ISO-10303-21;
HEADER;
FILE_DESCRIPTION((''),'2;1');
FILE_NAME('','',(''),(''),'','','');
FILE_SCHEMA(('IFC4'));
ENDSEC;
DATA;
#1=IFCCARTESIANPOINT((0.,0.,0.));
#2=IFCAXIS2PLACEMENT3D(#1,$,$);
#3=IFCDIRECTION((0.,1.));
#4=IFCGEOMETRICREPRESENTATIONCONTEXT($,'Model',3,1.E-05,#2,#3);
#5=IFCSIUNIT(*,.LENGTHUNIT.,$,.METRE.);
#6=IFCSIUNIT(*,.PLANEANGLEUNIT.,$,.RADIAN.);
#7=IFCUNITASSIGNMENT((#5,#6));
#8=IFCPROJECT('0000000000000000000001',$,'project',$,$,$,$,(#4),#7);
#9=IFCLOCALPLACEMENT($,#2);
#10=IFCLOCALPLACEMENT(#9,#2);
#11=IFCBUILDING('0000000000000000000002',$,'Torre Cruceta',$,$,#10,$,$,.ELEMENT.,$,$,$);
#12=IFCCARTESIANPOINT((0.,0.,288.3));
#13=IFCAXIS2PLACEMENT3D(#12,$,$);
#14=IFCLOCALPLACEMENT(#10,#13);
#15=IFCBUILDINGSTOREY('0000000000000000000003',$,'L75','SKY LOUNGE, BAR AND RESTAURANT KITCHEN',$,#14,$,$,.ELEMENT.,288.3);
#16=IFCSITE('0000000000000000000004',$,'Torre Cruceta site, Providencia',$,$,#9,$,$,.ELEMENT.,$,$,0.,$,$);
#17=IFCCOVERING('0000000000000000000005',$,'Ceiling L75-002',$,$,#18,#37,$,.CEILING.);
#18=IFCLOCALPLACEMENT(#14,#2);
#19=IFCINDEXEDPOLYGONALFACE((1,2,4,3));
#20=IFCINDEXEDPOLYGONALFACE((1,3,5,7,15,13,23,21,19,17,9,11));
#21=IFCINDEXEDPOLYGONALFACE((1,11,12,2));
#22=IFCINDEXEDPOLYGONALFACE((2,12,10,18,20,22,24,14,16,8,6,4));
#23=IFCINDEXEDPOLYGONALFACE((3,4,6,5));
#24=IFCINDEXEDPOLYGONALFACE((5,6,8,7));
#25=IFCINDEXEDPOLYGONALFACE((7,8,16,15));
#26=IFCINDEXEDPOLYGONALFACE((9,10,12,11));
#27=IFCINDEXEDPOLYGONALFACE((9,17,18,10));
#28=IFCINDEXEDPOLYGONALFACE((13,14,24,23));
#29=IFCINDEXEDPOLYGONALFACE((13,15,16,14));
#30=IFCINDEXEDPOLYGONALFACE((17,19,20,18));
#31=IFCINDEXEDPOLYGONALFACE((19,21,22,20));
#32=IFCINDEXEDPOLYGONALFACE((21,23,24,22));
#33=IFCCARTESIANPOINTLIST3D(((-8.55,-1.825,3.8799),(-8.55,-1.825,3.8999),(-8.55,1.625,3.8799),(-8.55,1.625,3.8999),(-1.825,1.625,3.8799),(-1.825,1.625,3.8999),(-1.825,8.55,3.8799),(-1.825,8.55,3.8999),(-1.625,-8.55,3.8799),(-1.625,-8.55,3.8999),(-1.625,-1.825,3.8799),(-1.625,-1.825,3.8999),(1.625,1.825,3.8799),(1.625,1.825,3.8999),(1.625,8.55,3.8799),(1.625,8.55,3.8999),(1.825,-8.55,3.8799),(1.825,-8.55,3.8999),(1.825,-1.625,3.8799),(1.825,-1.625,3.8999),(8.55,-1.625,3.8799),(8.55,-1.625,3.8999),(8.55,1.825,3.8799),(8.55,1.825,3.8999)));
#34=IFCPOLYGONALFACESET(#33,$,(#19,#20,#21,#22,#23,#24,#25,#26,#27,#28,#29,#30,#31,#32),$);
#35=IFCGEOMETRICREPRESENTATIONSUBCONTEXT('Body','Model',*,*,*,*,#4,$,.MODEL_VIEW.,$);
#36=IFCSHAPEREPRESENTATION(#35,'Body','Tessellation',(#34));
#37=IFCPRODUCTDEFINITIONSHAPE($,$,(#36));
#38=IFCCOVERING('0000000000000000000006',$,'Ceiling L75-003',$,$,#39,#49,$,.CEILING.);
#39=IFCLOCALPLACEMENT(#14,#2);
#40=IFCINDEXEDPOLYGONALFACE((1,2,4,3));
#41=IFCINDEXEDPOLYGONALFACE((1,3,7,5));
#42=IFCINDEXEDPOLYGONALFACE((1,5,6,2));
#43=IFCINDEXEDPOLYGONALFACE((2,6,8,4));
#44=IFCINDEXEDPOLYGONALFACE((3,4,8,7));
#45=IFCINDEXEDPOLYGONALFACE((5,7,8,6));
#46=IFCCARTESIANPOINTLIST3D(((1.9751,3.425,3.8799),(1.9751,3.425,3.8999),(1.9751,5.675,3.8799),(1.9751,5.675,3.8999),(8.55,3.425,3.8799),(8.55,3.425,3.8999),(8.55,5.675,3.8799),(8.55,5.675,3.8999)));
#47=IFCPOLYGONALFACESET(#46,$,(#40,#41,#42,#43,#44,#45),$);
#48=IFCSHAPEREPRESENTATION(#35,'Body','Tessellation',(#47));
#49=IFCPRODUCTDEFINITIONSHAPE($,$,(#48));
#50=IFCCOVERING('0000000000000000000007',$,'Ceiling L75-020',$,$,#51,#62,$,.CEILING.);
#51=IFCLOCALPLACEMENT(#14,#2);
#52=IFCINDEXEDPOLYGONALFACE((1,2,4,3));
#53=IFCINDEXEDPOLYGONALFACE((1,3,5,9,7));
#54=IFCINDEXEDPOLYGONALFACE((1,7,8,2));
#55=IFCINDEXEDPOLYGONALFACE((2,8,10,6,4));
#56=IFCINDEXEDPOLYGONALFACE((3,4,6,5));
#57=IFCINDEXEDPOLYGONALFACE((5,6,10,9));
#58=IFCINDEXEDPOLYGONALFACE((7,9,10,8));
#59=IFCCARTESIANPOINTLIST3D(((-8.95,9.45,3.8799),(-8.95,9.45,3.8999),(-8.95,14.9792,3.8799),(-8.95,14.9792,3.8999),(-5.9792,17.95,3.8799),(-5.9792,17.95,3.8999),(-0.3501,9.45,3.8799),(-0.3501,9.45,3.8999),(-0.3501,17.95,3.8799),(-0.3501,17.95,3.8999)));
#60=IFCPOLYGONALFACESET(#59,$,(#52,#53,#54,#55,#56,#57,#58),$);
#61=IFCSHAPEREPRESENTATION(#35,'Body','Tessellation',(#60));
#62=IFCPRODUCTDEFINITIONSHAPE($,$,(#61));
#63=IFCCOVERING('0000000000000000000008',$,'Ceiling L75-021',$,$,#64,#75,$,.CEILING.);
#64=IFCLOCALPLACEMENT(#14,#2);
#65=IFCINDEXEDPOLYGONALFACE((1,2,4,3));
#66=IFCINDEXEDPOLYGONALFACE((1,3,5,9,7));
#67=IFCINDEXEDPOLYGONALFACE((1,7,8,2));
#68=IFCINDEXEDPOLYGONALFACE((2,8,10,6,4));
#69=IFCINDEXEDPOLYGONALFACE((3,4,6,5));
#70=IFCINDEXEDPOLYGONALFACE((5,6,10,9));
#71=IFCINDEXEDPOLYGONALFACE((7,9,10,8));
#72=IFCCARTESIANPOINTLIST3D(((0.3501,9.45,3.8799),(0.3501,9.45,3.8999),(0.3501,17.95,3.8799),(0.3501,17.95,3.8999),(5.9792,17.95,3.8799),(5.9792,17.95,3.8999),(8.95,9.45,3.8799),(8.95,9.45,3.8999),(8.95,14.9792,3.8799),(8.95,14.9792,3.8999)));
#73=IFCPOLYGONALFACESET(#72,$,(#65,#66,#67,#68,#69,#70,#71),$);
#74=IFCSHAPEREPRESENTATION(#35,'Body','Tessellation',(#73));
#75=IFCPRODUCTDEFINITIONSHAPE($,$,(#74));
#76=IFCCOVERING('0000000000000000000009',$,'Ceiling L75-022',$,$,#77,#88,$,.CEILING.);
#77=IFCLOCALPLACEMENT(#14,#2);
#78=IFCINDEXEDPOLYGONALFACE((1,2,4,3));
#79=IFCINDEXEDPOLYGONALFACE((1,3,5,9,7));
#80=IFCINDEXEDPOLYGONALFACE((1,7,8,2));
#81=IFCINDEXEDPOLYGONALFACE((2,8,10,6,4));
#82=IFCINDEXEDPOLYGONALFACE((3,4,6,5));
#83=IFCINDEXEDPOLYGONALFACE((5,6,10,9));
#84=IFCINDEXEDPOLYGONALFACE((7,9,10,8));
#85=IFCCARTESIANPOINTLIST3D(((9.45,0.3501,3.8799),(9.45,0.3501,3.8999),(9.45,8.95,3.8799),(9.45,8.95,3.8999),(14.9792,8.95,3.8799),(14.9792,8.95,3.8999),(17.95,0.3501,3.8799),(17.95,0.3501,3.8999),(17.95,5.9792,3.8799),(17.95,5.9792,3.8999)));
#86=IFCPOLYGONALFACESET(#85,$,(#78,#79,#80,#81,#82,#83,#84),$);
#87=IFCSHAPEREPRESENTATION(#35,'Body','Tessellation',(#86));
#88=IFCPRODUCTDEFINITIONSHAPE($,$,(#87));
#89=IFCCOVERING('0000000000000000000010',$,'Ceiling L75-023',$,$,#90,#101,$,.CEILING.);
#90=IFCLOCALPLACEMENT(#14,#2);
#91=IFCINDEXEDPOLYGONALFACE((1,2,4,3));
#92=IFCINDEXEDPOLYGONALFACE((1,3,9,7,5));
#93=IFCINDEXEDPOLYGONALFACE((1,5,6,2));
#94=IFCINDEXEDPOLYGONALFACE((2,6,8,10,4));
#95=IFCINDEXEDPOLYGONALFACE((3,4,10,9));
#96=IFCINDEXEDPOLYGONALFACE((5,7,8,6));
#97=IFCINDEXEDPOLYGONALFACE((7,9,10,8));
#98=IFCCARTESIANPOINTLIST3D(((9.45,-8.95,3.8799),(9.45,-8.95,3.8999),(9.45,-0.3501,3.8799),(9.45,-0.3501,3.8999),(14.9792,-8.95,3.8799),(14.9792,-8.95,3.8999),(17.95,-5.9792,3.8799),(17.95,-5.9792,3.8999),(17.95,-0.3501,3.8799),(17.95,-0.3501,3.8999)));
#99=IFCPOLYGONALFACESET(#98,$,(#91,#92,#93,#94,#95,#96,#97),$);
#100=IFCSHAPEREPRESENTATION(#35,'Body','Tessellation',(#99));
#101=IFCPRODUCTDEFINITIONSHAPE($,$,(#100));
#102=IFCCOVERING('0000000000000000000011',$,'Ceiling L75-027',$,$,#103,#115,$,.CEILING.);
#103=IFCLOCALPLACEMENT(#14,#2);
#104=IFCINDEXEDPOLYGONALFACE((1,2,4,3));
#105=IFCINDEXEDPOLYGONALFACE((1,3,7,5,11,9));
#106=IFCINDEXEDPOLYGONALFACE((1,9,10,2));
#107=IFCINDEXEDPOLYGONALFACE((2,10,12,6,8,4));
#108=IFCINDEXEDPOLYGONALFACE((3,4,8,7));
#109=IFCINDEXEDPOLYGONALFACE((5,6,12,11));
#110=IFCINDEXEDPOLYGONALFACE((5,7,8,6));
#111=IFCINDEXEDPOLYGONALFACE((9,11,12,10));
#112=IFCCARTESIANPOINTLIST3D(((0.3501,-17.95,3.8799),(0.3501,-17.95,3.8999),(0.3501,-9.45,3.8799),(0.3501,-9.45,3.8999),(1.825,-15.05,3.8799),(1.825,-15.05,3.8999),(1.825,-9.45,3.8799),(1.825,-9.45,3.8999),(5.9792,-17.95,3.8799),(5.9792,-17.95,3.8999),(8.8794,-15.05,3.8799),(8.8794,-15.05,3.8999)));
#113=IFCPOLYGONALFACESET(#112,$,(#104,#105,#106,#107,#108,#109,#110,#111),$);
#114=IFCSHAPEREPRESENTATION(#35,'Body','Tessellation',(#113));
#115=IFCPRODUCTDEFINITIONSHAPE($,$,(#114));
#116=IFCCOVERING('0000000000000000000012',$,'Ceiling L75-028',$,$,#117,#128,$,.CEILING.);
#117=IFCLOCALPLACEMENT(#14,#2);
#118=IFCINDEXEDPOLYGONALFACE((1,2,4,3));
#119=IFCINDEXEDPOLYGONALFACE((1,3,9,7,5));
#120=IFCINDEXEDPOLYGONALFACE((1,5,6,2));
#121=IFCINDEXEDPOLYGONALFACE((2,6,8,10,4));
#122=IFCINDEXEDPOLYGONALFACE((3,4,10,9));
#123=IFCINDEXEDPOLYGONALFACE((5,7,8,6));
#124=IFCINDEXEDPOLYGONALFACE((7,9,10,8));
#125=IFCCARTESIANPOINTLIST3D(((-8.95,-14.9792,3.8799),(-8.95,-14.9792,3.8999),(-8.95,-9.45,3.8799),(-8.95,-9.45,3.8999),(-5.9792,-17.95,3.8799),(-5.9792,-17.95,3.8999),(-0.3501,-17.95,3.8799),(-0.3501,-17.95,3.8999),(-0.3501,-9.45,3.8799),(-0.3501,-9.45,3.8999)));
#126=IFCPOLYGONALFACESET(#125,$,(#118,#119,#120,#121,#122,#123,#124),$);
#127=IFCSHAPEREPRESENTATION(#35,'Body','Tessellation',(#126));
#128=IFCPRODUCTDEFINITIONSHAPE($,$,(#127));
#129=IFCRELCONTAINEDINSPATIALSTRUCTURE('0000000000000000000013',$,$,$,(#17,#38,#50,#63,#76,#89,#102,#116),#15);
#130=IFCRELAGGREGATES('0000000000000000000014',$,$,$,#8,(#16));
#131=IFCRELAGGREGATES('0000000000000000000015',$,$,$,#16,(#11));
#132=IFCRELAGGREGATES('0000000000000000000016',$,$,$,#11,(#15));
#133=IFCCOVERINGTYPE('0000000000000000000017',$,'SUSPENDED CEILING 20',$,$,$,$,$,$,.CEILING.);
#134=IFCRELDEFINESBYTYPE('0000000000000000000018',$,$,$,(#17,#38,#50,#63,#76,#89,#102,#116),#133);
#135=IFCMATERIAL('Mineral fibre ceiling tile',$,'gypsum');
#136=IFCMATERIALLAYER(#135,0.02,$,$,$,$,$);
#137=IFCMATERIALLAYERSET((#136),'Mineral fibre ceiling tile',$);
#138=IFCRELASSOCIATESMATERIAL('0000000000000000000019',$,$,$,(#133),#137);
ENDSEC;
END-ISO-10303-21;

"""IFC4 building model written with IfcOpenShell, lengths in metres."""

from ifc_helpers import new_model, si_unit, direction, frame, origin, place, context, subcontext, project, spatial, polyline, outline, extrude, material, layer, layer_set, type_object, element, save


model = new_model("IFC4")

# Units and contexts
model_context = context("Model", 3, precision=1e-05, world=origin(), true_north=direction((0.0, 1.0)))
body_context = subcontext(model_context, "Body", "Model", "MODEL_VIEW")
ifc_project = project(units=[si_unit("LENGTHUNIT", "METRE"), si_unit("PLANEANGLEUNIT", "RADIAN")], contexts=[model_context])

# Site, building, storey
site_placement = place(None, origin())
site = spatial("IfcSite", under=ifc_project, at=site_placement, Name="Torre Cruceta site, Providencia", CompositionType="ELEMENT", RefElevation=0.0)
building_placement = place(site_placement, origin())
building = spatial("IfcBuilding", under=site, at=building_placement, Name="Torre Cruceta", CompositionType="ELEMENT")
storey_placement = place(building_placement, frame((0.0, 0.0, 288.3)))
storey = spatial("IfcBuildingStorey", under=building, at=storey_placement, Name="L75", Description="SKY LOUNGE, BAR AND RESTAURANT KITCHEN", CompositionType="ELEMENT", Elevation=288.3)

# Coverings
ifc_material_1 = material(Name="Mineral fibre ceiling tile", Category="gypsum")
ifc_layer_1 = layer(ifc_material_1, 0.02)
ifc_layer_set_1 = layer_set([ifc_layer_1], Name="Mineral fibre ceiling tile")
covering_type = type_object("IfcCoveringType", Name="SUSPENDED CEILING 20", PredefinedType="CEILING", material=ifc_layer_set_1)
covering_1_placement = place(storey_placement, frame((0.0, 0.0, 3.8799)))
element("IfcCovering", 1, at=covering_1_placement, inside=storey, type_object=covering_type, Name="Ceiling L75-002", PredefinedType="CEILING", context=body_context, shape_type="SweptSolid", body=[
    extrude(outline(polyline([(-1.625, -8.55), (-1.625, -1.825), (-8.55, -1.825), (-8.55, 1.625), (-1.825, 1.625), (-1.825, 8.55), (1.625, 8.55), (1.625, 1.825), (8.55, 1.825), (8.55, -1.625), (1.825, -1.625), (1.825, -8.55), (-1.625, -8.55)])), origin(), (0.0, 0.0, 1.0), 0.02),
])
covering_2_placement = place(storey_placement, frame((0.0, 0.0, 3.8799)))
element("IfcCovering", 2, at=covering_2_placement, inside=storey, type_object=covering_type, Name="Ceiling L75-003", PredefinedType="CEILING", context=body_context, shape_type="SweptSolid", body=[
    extrude(outline(polyline([(1.9751, 3.425), (1.9751, 5.675), (8.55, 5.675), (8.55, 3.425), (1.9751, 3.425)])), origin(), (0.0, 0.0, 1.0), 0.02),
])
covering_3_placement = place(storey_placement, frame((0.0, 0.0, 3.8799)))
element("IfcCovering", 3, at=covering_3_placement, inside=storey, type_object=covering_type, Name="Ceiling L75-020", PredefinedType="CEILING", context=body_context, shape_type="SweptSolid", body=[
    extrude(outline(polyline([(-8.95, 9.45), (-8.95, 14.9792), (-5.9792, 17.95), (-0.3501, 17.95), (-0.3501, 9.45), (-8.95, 9.45)])), origin(), (0.0, 0.0, 1.0), 0.02),
])
covering_4_placement = place(storey_placement, frame((0.0, 0.0, 3.8799)))
element("IfcCovering", 4, at=covering_4_placement, inside=storey, type_object=covering_type, Name="Ceiling L75-021", PredefinedType="CEILING", context=body_context, shape_type="SweptSolid", body=[
    extrude(outline(polyline([(5.9792, 17.95), (8.95, 14.9792), (8.95, 9.45), (0.3501, 9.45), (0.3501, 17.95), (5.9792, 17.95)])), origin(), (0.0, 0.0, 1.0), 0.02),
])
covering_5_placement = place(storey_placement, frame((0.0, 0.0, 3.8799)))
element("IfcCovering", 5, at=covering_5_placement, inside=storey, type_object=covering_type, Name="Ceiling L75-022", PredefinedType="CEILING", context=body_context, shape_type="SweptSolid", body=[
    extrude(outline(polyline([(9.45, 8.95), (14.9792, 8.95), (17.95, 5.9792), (17.95, 0.3501), (9.45, 0.3501), (9.45, 8.95)])), origin(), (0.0, 0.0, 1.0), 0.02),
])
covering_6_placement = place(storey_placement, frame((0.0, 0.0, 3.8799)))
element("IfcCovering", 6, at=covering_6_placement, inside=storey, type_object=covering_type, Name="Ceiling L75-023", PredefinedType="CEILING", context=body_context, shape_type="SweptSolid", body=[
    extrude(outline(polyline([(17.95, -5.9792), (14.9792, -8.95), (9.45, -8.95), (9.45, -0.3501), (17.95, -0.3501), (17.95, -5.9792)])), origin(), (0.0, 0.0, 1.0), 0.02),
])
covering_7_placement = place(storey_placement, frame((0.0, 0.0, 3.8799)))
element("IfcCovering", 7, at=covering_7_placement, inside=storey, type_object=covering_type, Name="Ceiling L75-027", PredefinedType="CEILING", context=body_context, shape_type="SweptSolid", body=[
    extrude(outline(polyline([(0.3501, -17.95), (0.3501, -9.45), (1.825, -9.45), (1.825, -15.05), (8.8794, -15.05), (5.9792, -17.95), (0.3501, -17.95)])), origin(), (0.0, 0.0, 1.0), 0.02),
])
covering_8_placement = place(storey_placement, frame((0.0, 0.0, 3.8799)))
element("IfcCovering", 8, at=covering_8_placement, inside=storey, type_object=covering_type, Name="Ceiling L75-028", PredefinedType="CEILING", context=body_context, shape_type="SweptSolid", body=[
    extrude(outline(polyline([(-5.9792, -17.95), (-8.95, -14.9792), (-8.95, -9.45), (-0.3501, -9.45), (-0.3501, -17.95), (-5.9792, -17.95)])), origin(), (0.0, 0.0, 1.0), 0.02),
])

save(model, "model.ifc")
